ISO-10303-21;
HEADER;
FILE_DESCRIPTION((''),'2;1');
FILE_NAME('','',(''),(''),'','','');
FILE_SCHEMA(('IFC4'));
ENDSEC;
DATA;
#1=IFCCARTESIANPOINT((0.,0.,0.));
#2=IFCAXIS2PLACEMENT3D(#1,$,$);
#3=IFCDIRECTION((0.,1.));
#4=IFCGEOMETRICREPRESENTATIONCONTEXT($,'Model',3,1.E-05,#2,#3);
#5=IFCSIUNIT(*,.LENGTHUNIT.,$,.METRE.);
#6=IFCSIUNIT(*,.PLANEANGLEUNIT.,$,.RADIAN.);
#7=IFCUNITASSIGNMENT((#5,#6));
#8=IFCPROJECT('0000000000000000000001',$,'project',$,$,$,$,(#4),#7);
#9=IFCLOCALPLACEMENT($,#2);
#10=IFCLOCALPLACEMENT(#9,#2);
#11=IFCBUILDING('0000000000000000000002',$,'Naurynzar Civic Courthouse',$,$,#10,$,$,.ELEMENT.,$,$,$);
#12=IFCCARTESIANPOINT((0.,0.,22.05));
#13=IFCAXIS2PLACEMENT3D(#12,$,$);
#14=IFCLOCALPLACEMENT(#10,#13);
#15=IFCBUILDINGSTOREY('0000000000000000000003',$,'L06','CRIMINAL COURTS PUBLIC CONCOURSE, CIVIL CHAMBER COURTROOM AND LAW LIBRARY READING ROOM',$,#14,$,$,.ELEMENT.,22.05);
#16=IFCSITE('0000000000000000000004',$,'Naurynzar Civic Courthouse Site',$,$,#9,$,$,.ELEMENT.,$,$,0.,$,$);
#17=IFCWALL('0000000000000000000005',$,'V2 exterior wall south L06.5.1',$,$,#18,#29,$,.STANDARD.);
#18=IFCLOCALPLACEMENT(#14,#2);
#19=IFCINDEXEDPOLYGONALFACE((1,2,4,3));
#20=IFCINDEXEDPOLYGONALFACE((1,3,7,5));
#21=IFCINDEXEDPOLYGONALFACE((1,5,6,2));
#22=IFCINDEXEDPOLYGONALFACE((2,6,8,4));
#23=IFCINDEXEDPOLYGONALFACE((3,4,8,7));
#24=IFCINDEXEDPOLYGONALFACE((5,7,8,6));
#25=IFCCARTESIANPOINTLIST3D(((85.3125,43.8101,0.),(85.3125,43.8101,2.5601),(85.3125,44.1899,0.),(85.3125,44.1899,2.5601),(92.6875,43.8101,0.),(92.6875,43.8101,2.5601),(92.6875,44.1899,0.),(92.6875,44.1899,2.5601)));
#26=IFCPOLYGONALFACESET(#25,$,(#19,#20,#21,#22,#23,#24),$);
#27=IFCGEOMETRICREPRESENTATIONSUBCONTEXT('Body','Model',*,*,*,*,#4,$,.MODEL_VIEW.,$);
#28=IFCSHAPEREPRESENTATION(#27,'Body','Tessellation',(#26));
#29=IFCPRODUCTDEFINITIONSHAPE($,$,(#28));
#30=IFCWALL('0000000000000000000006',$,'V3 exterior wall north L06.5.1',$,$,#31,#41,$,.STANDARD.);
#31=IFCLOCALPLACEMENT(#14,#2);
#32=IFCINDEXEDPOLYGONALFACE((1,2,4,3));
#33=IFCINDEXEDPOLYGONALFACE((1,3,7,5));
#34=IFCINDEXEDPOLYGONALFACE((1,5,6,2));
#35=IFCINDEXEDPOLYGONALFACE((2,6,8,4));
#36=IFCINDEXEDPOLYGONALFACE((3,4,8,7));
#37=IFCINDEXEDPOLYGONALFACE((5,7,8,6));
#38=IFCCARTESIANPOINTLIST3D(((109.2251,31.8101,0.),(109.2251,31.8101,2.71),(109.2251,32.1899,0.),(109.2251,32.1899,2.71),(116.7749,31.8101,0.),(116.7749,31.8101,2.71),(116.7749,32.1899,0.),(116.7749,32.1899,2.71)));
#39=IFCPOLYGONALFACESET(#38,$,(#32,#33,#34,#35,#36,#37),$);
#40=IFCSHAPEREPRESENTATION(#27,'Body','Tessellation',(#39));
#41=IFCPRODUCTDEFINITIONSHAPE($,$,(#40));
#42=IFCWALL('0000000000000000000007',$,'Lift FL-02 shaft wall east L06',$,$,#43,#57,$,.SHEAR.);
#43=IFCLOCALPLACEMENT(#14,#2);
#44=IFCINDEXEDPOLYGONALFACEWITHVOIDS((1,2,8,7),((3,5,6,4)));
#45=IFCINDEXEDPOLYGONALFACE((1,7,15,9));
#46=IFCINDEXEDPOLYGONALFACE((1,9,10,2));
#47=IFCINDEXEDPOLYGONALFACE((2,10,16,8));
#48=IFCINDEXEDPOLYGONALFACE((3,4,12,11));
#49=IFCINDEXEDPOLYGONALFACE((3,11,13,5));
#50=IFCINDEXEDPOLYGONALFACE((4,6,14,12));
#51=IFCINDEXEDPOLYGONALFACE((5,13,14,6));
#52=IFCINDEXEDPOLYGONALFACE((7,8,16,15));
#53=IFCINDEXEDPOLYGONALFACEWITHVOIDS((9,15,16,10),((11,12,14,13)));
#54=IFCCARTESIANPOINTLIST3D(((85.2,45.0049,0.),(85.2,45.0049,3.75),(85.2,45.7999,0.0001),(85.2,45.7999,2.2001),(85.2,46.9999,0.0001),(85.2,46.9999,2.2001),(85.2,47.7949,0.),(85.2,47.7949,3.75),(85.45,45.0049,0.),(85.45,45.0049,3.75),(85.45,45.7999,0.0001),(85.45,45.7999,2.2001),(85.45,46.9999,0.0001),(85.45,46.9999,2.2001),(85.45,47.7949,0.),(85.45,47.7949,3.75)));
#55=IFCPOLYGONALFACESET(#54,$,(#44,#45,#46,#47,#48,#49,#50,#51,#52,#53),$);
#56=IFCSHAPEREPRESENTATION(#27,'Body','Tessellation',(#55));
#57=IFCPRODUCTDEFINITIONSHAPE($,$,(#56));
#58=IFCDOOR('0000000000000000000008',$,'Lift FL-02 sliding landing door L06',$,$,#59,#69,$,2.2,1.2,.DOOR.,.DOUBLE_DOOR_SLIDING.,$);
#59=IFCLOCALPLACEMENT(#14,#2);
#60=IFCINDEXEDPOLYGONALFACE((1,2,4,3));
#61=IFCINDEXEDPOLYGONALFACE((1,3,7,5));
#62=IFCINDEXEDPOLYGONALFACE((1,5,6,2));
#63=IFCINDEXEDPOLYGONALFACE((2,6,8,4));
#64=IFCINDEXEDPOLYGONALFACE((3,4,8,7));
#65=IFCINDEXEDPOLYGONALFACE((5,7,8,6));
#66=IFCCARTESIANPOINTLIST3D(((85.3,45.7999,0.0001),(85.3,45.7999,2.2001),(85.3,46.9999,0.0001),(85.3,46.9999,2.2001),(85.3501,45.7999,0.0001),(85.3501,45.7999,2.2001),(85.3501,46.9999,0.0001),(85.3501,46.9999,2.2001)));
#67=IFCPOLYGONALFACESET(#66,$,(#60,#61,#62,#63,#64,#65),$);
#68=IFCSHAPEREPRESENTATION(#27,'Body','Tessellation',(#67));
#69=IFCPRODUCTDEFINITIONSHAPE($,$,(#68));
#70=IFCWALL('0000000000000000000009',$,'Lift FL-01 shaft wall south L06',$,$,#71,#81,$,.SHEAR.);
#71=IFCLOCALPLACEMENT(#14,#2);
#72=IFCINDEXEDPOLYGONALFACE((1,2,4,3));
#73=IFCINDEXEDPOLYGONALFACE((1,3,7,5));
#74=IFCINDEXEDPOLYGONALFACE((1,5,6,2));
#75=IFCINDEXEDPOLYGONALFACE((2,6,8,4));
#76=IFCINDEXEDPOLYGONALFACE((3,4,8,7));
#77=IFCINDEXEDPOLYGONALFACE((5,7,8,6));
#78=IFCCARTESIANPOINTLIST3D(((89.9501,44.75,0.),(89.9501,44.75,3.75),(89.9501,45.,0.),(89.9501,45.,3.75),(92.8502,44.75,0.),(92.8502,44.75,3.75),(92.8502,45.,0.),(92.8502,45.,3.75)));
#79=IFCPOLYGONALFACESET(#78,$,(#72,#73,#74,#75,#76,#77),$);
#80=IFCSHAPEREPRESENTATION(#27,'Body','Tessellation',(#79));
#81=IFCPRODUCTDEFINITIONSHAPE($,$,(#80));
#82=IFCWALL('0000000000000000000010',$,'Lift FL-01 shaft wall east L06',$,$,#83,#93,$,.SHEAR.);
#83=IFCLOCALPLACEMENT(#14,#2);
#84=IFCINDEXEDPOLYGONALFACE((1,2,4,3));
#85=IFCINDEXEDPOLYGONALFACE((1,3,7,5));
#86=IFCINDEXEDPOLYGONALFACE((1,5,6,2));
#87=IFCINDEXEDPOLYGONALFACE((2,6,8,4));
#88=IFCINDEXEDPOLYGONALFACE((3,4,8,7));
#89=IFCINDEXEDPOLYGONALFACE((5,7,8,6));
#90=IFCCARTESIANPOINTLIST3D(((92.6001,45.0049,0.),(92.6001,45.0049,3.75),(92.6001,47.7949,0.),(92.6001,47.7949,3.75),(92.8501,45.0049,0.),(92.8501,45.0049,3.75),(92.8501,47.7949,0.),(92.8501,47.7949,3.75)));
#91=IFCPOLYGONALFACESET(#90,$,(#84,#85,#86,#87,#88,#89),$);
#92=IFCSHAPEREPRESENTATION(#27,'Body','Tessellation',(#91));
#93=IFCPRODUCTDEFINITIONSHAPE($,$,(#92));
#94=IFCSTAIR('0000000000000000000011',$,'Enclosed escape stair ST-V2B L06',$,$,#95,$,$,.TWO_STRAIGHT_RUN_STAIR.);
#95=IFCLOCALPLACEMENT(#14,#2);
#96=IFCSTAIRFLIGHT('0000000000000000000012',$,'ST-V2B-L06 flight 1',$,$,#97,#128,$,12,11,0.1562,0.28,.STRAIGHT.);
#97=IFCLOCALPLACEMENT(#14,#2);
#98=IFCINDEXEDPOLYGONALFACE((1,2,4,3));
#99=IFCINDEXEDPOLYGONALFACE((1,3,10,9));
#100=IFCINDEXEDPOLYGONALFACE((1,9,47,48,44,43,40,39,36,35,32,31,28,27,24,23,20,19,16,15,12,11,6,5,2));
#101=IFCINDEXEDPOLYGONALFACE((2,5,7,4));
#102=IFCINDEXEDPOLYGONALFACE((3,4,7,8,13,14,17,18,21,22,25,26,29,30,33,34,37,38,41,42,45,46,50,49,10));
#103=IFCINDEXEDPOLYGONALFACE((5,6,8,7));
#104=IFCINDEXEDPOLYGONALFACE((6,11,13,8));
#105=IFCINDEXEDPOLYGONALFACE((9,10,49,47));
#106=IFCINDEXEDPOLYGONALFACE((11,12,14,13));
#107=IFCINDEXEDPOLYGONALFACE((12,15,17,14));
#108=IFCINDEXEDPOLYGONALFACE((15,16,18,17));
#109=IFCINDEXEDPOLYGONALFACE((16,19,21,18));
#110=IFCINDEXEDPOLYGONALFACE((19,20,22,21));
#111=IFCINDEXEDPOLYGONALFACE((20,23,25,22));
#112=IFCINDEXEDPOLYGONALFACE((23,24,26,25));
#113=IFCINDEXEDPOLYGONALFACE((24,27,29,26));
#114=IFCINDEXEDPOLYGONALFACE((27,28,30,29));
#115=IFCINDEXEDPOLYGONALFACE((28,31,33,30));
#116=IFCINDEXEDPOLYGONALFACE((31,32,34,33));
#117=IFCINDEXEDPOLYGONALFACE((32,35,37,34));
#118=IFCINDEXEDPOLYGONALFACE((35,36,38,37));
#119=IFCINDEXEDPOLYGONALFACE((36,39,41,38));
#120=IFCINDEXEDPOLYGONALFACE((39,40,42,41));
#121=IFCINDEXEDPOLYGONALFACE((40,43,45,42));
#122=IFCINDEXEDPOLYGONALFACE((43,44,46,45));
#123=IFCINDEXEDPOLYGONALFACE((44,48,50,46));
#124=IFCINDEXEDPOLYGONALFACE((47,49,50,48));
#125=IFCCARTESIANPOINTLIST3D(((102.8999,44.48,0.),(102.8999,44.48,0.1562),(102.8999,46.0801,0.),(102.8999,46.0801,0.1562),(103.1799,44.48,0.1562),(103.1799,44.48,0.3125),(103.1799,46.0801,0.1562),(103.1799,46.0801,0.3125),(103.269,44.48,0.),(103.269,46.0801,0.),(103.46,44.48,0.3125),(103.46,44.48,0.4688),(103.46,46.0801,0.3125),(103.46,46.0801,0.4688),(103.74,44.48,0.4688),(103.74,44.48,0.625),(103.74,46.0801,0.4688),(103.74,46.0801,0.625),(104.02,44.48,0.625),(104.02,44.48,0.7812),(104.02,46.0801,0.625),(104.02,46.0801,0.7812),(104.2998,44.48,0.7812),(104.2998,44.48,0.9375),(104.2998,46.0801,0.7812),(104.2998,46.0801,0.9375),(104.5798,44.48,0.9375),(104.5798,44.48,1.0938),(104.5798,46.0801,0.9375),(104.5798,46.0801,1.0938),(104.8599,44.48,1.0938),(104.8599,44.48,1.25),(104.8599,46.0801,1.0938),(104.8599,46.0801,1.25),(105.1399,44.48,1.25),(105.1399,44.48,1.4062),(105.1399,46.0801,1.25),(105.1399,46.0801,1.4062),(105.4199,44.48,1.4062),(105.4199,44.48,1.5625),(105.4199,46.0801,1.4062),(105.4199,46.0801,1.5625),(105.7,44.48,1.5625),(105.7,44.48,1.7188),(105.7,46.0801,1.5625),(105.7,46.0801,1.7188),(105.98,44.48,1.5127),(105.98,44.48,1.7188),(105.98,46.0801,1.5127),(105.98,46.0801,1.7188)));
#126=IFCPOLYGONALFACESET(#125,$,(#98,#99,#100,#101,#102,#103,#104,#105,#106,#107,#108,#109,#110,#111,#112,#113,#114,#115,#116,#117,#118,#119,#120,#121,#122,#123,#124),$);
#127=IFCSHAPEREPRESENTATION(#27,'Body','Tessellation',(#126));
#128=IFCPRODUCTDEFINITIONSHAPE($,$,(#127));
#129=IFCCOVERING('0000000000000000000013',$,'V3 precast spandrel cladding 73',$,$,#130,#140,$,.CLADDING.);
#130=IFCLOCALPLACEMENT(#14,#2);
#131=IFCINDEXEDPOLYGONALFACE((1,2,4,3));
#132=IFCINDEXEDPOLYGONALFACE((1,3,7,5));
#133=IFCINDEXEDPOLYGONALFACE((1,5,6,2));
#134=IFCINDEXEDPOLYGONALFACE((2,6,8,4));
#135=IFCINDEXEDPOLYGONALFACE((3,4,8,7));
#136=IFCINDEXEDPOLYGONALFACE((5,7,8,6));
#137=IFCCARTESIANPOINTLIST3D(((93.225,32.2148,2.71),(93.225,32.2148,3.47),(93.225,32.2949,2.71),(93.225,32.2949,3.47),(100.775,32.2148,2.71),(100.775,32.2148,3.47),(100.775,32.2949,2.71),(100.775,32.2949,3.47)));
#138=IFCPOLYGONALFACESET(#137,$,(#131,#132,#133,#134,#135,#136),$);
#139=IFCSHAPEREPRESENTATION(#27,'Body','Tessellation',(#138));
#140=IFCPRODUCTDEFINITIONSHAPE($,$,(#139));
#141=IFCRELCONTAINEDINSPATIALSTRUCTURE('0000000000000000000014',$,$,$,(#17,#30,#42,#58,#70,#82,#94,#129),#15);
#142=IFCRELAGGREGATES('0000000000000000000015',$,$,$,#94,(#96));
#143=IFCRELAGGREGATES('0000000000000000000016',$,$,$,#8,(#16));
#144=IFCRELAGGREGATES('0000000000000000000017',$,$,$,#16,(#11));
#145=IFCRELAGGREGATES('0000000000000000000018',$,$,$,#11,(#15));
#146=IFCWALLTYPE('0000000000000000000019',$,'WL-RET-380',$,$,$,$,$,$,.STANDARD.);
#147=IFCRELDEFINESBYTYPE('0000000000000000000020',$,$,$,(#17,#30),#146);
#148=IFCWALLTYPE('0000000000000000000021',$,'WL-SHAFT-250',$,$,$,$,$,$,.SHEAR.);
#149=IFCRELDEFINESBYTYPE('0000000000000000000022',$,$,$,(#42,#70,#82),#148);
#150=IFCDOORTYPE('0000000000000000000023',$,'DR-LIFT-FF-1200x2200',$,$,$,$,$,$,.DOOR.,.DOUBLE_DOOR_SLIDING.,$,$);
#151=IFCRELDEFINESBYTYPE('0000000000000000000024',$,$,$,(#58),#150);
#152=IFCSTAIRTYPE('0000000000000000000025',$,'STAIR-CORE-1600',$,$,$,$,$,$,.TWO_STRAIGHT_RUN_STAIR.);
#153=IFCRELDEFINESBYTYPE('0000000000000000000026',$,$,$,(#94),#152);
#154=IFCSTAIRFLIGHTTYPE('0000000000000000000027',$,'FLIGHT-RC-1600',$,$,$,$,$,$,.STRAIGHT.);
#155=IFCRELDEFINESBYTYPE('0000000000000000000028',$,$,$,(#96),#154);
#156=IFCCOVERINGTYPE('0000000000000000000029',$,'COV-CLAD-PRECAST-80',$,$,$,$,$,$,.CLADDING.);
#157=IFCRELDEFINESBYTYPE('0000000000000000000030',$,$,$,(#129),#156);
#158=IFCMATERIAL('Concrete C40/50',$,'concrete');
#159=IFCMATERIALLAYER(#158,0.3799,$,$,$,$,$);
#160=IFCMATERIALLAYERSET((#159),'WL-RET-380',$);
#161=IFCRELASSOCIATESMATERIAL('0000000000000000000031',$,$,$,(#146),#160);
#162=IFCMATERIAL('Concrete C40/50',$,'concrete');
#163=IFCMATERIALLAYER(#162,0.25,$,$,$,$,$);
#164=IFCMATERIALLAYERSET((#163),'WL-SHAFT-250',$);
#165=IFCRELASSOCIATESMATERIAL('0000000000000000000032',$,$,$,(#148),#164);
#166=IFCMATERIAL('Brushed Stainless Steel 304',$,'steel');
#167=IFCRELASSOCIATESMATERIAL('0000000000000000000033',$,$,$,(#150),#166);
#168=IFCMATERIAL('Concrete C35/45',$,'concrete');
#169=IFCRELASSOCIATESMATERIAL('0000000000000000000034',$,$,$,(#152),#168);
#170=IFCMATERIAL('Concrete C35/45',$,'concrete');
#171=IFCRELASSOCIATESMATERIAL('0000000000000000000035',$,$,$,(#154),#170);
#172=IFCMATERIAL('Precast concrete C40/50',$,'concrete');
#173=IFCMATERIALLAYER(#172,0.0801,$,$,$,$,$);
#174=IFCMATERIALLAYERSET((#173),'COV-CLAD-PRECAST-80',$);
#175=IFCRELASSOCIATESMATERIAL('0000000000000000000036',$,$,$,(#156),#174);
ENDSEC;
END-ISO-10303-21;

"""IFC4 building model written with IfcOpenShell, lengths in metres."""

from ifc_helpers import new_model, si_unit, direction, frame, frame_2d, origin, origin_2d, place, context, subcontext, project, spatial, polyline, rectangle, outline, extrude, material, layer, layer_set, type_object, element, fill, aggregate, save


model = new_model("IFC4")

# Units and contexts
model_context = context("Model", 3, precision=1e-05, world=origin(), true_north=direction((0.0, 1.0)))
body_context = subcontext(model_context, "Body", "Model", "MODEL_VIEW")
ifc_project = project(units=[si_unit("LENGTHUNIT", "METRE"), si_unit("PLANEANGLEUNIT", "RADIAN")], contexts=[model_context])

# Site, building, storey
site_placement = place(None, origin())
site = spatial("IfcSite", under=ifc_project, at=site_placement, Name="Naurynzar Civic Courthouse Site", CompositionType="ELEMENT", RefElevation=0.0)
building_placement = place(site_placement, origin())
building = spatial("IfcBuilding", under=site, at=building_placement, Name="Naurynzar Civic Courthouse", CompositionType="ELEMENT")
storey_placement = place(building_placement, frame((0.0, 0.0, 22.05)))
storey = spatial("IfcBuildingStorey", under=building, at=storey_placement, Name="L06", Description="CRIMINAL COURTS PUBLIC CONCOURSE, CIVIL CHAMBER COURTROOM AND LAW LIBRARY READING ROOM", CompositionType="ELEMENT", Elevation=22.05)

# Walls
ifc_material_1 = material(Name="Concrete C40/50", Category="concrete")
ifc_layer_1 = layer(ifc_material_1, 0.3799)
ifc_layer_set_1 = layer_set([ifc_layer_1], Name="WL-RET-380")
wall_type_1 = type_object("IfcWallType", Name="WL-RET-380", PredefinedType="STANDARD", material=ifc_layer_set_1)
for number, where, z_axis, x_axis, name in (
    (1, (92.6875, 44.0, 0.0), (0.0, 0.0, 1.0), (-1.0, 0.0, 0.0), "V2 exterior wall south L06.5.1"),
):
    element("IfcWall", number, at=place(storey_placement, frame(where, z_axis=z_axis, x_axis=x_axis)), inside=storey, type_object=wall_type_1, Name=name, PredefinedType="STANDARD", context=body_context, shape_type="SweptSolid", body=[
        extrude(rectangle(XDim=7.375, YDim=0.3799, at=frame_2d((3.6875, 0.0))), origin(), (0.0, 0.0, 1.0), 2.5601),
    ])
wall_1_placement = place(storey_placement, frame((109.2251, 32.0, 0.0), z_axis=(0.0, 0.0, 1.0), x_axis=(1.0, 0.0, 0.0)))
element("IfcWall", 2, at=wall_1_placement, inside=storey, type_object=wall_type_1, Name="V3 exterior wall north L06.5.1", PredefinedType="STANDARD", context=body_context, shape_type="SweptSolid", body=[
    extrude(rectangle(XDim=7.5498, YDim=0.3799, at=frame_2d((3.7749, 0.0))), origin(), (0.0, 0.0, 1.0), 2.71),
])

# Wall, opening, door
ifc_material_2 = material(Name="Concrete C40/50", Category="concrete")
ifc_layer_2 = layer(ifc_material_2, 0.25)
ifc_layer_set_2 = layer_set([ifc_layer_2], Name="WL-SHAFT-250")
wall_type_2 = type_object("IfcWallType", Name="WL-SHAFT-250", PredefinedType="SHEAR", material=ifc_layer_set_2)
wall_2_placement = place(storey_placement, frame((85.325, 45.0049, 0.0), z_axis=(0.0, 0.0, 1.0), x_axis=(0.0, 1.0, 0.0)))
wall_2 = element("IfcWall", 3, at=wall_2_placement, inside=storey, type_object=wall_type_2, Name="Lift FL-02 shaft wall east L06", PredefinedType="SHEAR", context=body_context, shape_type="SweptSolid", body=[
    extrude(rectangle(XDim=2.79, YDim=0.25, at=frame_2d((1.395, 0.0))), origin(), (0.0, 0.0, 1.0), 3.75),
])
opening_1_placement = place(wall_2_placement, frame((0.7949, 0.0, 0.0)))
opening_1 = element("IfcOpeningElement", 4, at=opening_1_placement, cuts=wall_2, PredefinedType="OPENING", context=body_context, shape_type="SweptSolid", body=[
    extrude(rectangle(XDim=1.2, YDim=2.2, at=frame_2d((0.6001, 1.1001))), frame((0.0, 0.135, 0.0), z_axis=(0.0, -1.0, 0.0), x_axis=(1.0, 0.0, 0.0)), (0.0, 0.0, 1.0), 0.27),
])
ifc_material_3 = material(Name="Brushed Stainless Steel 304", Category="steel")
door_type = type_object("IfcDoorType", Name="DR-LIFT-FF-1200x2200", OperationType="DOUBLE_DOOR_SLIDING", PredefinedType="DOOR", material=ifc_material_3)
door_placement = place(opening_1_placement, origin())
door = element("IfcDoor", 5, at=door_placement, inside=storey, type_object=door_type, Name="Lift FL-02 sliding landing door L06", OperationType="DOUBLE_DOOR_SLIDING", OverallHeight=2.2, OverallWidth=1.2, PredefinedType="DOOR", context=body_context, shape_type="SweptSolid", body=[
    extrude(rectangle(XDim=1.2, YDim=2.2, at=frame_2d((0.6001, 1.1001))), frame((0.0, 0.0249, 0.0), z_axis=(0.0, -1.0, 0.0), x_axis=(1.0, 0.0, 0.0)), (0.0, 0.0, 1.0), 0.05),
])
fill(opening_1, door)

# Walls
wall_3_placement = place(storey_placement, frame((89.95, 44.875, 0.0), z_axis=(0.0, 0.0, 1.0), x_axis=(1.0, 0.0, 0.0)))
element("IfcWall", 6, at=wall_3_placement, inside=storey, type_object=wall_type_2, Name="Lift FL-01 shaft wall south L06", PredefinedType="SHEAR", context=body_context, shape_type="SweptSolid", body=[
    extrude(rectangle(XDim=2.9001, YDim=0.25, at=frame_2d((1.4502, 0.0))), origin(), (0.0, 0.0, 1.0), 3.75),
])
wall_4_placement = place(storey_placement, frame((92.7251, 45.0049, 0.0), z_axis=(0.0, 0.0, 1.0), x_axis=(0.0, 1.0, 0.0)))
element("IfcWall", 7, at=wall_4_placement, inside=storey, type_object=wall_type_2, Name="Lift FL-01 shaft wall east L06", PredefinedType="SHEAR", context=body_context, shape_type="SweptSolid", body=[
    extrude(rectangle(XDim=2.79, YDim=0.25, at=frame_2d((1.395, 0.0))), origin(), (0.0, 0.0, 1.0), 3.75),
])

# Stair, stair flight
ifc_material_4 = material(Name="Concrete C35/45", Category="concrete")
stair_type = type_object("IfcStairType", Name="STAIR-CORE-1600", PredefinedType="TWO_STRAIGHT_RUN_STAIR", material=ifc_material_4)
stair_placement = place(storey_placement, origin())
stair = element("IfcStair", 8, at=stair_placement, inside=storey, type_object=stair_type, Name="Enclosed escape stair ST-V2B L06", PredefinedType="TWO_STRAIGHT_RUN_STAIR")
ifc_material_5 = material(Name="Concrete C35/45", Category="concrete")
stair_flight_type = type_object("IfcStairFlightType", Name="FLIGHT-RC-1600", PredefinedType="STRAIGHT", material=ifc_material_5)
stair_flight_placement = place(storey_placement, frame((102.8999, 45.28, 0.0), z_axis=(0.0, 0.0, 1.0), x_axis=(1.0, 0.0, 0.0)))
stair_flight = element("IfcStairFlight", 9, at=stair_flight_placement, type_object=stair_flight_type, Name="ST-V2B-L06 flight 1", NumberOfRisers=12, NumberOfTreads=11, PredefinedType="STRAIGHT", RiserHeight=0.1562, TreadLength=0.28, context=body_context, shape_type="SweptSolid", body=[
    extrude(outline(polyline([(0.0, 0.0), (0.0, 0.1562), (0.28, 0.1562), (0.28, 0.3125), (0.5601, 0.3125), (0.5601, 0.4688), (0.8401, 0.4688), (0.8401, 0.625), (1.1201, 0.625), (1.1201, 0.7812), (1.3999, 0.7812), (1.3999, 0.9375), (1.6799, 0.9375), (1.6799, 1.0938), (1.96, 1.0938), (1.96, 1.25), (2.24, 1.25), (2.24, 1.4062), (2.52, 1.4062), (2.52, 1.5625), (2.8, 1.5625), (2.8, 1.7188), (3.0801, 1.7188), (3.0801, 1.875), (3.0801, 1.5127), (0.3691, 0.0), (0.0, 0.0)])), frame((0.0, 0.8, 0.0), z_axis=(0.0, -1.0, 0.0), x_axis=(1.0, 0.0, 0.0)), (0.0, 0.0, 1.0), 1.6001),
])
aggregate(stair, [stair_flight])

# Covering
ifc_material_6 = material(Name="Precast concrete C40/50", Category="concrete")
ifc_layer_3 = layer(ifc_material_6, 0.0801)
ifc_layer_set_3 = layer_set([ifc_layer_3], Name="COV-CLAD-PRECAST-80")
covering_type = type_object("IfcCoveringType", Name="COV-CLAD-PRECAST-80", PredefinedType="CLADDING", material=ifc_layer_set_3)
covering_placement = place(storey_placement, frame((97.0, 32.2549, 2.71), z_axis=(0.0, 0.0, 1.0), x_axis=(1.0, 0.0, 0.0)))
element("IfcCovering", 10, at=covering_placement, inside=storey, type_object=covering_type, Name="V3 precast spandrel cladding 73", PredefinedType="CLADDING", context=body_context, shape_type="SweptSolid", body=[
    extrude(rectangle(XDim=7.55, YDim=0.0801, at=origin_2d()), origin(), (0.0, 0.0, 1.0), 0.76),
])

save(model, "model.ifc")
